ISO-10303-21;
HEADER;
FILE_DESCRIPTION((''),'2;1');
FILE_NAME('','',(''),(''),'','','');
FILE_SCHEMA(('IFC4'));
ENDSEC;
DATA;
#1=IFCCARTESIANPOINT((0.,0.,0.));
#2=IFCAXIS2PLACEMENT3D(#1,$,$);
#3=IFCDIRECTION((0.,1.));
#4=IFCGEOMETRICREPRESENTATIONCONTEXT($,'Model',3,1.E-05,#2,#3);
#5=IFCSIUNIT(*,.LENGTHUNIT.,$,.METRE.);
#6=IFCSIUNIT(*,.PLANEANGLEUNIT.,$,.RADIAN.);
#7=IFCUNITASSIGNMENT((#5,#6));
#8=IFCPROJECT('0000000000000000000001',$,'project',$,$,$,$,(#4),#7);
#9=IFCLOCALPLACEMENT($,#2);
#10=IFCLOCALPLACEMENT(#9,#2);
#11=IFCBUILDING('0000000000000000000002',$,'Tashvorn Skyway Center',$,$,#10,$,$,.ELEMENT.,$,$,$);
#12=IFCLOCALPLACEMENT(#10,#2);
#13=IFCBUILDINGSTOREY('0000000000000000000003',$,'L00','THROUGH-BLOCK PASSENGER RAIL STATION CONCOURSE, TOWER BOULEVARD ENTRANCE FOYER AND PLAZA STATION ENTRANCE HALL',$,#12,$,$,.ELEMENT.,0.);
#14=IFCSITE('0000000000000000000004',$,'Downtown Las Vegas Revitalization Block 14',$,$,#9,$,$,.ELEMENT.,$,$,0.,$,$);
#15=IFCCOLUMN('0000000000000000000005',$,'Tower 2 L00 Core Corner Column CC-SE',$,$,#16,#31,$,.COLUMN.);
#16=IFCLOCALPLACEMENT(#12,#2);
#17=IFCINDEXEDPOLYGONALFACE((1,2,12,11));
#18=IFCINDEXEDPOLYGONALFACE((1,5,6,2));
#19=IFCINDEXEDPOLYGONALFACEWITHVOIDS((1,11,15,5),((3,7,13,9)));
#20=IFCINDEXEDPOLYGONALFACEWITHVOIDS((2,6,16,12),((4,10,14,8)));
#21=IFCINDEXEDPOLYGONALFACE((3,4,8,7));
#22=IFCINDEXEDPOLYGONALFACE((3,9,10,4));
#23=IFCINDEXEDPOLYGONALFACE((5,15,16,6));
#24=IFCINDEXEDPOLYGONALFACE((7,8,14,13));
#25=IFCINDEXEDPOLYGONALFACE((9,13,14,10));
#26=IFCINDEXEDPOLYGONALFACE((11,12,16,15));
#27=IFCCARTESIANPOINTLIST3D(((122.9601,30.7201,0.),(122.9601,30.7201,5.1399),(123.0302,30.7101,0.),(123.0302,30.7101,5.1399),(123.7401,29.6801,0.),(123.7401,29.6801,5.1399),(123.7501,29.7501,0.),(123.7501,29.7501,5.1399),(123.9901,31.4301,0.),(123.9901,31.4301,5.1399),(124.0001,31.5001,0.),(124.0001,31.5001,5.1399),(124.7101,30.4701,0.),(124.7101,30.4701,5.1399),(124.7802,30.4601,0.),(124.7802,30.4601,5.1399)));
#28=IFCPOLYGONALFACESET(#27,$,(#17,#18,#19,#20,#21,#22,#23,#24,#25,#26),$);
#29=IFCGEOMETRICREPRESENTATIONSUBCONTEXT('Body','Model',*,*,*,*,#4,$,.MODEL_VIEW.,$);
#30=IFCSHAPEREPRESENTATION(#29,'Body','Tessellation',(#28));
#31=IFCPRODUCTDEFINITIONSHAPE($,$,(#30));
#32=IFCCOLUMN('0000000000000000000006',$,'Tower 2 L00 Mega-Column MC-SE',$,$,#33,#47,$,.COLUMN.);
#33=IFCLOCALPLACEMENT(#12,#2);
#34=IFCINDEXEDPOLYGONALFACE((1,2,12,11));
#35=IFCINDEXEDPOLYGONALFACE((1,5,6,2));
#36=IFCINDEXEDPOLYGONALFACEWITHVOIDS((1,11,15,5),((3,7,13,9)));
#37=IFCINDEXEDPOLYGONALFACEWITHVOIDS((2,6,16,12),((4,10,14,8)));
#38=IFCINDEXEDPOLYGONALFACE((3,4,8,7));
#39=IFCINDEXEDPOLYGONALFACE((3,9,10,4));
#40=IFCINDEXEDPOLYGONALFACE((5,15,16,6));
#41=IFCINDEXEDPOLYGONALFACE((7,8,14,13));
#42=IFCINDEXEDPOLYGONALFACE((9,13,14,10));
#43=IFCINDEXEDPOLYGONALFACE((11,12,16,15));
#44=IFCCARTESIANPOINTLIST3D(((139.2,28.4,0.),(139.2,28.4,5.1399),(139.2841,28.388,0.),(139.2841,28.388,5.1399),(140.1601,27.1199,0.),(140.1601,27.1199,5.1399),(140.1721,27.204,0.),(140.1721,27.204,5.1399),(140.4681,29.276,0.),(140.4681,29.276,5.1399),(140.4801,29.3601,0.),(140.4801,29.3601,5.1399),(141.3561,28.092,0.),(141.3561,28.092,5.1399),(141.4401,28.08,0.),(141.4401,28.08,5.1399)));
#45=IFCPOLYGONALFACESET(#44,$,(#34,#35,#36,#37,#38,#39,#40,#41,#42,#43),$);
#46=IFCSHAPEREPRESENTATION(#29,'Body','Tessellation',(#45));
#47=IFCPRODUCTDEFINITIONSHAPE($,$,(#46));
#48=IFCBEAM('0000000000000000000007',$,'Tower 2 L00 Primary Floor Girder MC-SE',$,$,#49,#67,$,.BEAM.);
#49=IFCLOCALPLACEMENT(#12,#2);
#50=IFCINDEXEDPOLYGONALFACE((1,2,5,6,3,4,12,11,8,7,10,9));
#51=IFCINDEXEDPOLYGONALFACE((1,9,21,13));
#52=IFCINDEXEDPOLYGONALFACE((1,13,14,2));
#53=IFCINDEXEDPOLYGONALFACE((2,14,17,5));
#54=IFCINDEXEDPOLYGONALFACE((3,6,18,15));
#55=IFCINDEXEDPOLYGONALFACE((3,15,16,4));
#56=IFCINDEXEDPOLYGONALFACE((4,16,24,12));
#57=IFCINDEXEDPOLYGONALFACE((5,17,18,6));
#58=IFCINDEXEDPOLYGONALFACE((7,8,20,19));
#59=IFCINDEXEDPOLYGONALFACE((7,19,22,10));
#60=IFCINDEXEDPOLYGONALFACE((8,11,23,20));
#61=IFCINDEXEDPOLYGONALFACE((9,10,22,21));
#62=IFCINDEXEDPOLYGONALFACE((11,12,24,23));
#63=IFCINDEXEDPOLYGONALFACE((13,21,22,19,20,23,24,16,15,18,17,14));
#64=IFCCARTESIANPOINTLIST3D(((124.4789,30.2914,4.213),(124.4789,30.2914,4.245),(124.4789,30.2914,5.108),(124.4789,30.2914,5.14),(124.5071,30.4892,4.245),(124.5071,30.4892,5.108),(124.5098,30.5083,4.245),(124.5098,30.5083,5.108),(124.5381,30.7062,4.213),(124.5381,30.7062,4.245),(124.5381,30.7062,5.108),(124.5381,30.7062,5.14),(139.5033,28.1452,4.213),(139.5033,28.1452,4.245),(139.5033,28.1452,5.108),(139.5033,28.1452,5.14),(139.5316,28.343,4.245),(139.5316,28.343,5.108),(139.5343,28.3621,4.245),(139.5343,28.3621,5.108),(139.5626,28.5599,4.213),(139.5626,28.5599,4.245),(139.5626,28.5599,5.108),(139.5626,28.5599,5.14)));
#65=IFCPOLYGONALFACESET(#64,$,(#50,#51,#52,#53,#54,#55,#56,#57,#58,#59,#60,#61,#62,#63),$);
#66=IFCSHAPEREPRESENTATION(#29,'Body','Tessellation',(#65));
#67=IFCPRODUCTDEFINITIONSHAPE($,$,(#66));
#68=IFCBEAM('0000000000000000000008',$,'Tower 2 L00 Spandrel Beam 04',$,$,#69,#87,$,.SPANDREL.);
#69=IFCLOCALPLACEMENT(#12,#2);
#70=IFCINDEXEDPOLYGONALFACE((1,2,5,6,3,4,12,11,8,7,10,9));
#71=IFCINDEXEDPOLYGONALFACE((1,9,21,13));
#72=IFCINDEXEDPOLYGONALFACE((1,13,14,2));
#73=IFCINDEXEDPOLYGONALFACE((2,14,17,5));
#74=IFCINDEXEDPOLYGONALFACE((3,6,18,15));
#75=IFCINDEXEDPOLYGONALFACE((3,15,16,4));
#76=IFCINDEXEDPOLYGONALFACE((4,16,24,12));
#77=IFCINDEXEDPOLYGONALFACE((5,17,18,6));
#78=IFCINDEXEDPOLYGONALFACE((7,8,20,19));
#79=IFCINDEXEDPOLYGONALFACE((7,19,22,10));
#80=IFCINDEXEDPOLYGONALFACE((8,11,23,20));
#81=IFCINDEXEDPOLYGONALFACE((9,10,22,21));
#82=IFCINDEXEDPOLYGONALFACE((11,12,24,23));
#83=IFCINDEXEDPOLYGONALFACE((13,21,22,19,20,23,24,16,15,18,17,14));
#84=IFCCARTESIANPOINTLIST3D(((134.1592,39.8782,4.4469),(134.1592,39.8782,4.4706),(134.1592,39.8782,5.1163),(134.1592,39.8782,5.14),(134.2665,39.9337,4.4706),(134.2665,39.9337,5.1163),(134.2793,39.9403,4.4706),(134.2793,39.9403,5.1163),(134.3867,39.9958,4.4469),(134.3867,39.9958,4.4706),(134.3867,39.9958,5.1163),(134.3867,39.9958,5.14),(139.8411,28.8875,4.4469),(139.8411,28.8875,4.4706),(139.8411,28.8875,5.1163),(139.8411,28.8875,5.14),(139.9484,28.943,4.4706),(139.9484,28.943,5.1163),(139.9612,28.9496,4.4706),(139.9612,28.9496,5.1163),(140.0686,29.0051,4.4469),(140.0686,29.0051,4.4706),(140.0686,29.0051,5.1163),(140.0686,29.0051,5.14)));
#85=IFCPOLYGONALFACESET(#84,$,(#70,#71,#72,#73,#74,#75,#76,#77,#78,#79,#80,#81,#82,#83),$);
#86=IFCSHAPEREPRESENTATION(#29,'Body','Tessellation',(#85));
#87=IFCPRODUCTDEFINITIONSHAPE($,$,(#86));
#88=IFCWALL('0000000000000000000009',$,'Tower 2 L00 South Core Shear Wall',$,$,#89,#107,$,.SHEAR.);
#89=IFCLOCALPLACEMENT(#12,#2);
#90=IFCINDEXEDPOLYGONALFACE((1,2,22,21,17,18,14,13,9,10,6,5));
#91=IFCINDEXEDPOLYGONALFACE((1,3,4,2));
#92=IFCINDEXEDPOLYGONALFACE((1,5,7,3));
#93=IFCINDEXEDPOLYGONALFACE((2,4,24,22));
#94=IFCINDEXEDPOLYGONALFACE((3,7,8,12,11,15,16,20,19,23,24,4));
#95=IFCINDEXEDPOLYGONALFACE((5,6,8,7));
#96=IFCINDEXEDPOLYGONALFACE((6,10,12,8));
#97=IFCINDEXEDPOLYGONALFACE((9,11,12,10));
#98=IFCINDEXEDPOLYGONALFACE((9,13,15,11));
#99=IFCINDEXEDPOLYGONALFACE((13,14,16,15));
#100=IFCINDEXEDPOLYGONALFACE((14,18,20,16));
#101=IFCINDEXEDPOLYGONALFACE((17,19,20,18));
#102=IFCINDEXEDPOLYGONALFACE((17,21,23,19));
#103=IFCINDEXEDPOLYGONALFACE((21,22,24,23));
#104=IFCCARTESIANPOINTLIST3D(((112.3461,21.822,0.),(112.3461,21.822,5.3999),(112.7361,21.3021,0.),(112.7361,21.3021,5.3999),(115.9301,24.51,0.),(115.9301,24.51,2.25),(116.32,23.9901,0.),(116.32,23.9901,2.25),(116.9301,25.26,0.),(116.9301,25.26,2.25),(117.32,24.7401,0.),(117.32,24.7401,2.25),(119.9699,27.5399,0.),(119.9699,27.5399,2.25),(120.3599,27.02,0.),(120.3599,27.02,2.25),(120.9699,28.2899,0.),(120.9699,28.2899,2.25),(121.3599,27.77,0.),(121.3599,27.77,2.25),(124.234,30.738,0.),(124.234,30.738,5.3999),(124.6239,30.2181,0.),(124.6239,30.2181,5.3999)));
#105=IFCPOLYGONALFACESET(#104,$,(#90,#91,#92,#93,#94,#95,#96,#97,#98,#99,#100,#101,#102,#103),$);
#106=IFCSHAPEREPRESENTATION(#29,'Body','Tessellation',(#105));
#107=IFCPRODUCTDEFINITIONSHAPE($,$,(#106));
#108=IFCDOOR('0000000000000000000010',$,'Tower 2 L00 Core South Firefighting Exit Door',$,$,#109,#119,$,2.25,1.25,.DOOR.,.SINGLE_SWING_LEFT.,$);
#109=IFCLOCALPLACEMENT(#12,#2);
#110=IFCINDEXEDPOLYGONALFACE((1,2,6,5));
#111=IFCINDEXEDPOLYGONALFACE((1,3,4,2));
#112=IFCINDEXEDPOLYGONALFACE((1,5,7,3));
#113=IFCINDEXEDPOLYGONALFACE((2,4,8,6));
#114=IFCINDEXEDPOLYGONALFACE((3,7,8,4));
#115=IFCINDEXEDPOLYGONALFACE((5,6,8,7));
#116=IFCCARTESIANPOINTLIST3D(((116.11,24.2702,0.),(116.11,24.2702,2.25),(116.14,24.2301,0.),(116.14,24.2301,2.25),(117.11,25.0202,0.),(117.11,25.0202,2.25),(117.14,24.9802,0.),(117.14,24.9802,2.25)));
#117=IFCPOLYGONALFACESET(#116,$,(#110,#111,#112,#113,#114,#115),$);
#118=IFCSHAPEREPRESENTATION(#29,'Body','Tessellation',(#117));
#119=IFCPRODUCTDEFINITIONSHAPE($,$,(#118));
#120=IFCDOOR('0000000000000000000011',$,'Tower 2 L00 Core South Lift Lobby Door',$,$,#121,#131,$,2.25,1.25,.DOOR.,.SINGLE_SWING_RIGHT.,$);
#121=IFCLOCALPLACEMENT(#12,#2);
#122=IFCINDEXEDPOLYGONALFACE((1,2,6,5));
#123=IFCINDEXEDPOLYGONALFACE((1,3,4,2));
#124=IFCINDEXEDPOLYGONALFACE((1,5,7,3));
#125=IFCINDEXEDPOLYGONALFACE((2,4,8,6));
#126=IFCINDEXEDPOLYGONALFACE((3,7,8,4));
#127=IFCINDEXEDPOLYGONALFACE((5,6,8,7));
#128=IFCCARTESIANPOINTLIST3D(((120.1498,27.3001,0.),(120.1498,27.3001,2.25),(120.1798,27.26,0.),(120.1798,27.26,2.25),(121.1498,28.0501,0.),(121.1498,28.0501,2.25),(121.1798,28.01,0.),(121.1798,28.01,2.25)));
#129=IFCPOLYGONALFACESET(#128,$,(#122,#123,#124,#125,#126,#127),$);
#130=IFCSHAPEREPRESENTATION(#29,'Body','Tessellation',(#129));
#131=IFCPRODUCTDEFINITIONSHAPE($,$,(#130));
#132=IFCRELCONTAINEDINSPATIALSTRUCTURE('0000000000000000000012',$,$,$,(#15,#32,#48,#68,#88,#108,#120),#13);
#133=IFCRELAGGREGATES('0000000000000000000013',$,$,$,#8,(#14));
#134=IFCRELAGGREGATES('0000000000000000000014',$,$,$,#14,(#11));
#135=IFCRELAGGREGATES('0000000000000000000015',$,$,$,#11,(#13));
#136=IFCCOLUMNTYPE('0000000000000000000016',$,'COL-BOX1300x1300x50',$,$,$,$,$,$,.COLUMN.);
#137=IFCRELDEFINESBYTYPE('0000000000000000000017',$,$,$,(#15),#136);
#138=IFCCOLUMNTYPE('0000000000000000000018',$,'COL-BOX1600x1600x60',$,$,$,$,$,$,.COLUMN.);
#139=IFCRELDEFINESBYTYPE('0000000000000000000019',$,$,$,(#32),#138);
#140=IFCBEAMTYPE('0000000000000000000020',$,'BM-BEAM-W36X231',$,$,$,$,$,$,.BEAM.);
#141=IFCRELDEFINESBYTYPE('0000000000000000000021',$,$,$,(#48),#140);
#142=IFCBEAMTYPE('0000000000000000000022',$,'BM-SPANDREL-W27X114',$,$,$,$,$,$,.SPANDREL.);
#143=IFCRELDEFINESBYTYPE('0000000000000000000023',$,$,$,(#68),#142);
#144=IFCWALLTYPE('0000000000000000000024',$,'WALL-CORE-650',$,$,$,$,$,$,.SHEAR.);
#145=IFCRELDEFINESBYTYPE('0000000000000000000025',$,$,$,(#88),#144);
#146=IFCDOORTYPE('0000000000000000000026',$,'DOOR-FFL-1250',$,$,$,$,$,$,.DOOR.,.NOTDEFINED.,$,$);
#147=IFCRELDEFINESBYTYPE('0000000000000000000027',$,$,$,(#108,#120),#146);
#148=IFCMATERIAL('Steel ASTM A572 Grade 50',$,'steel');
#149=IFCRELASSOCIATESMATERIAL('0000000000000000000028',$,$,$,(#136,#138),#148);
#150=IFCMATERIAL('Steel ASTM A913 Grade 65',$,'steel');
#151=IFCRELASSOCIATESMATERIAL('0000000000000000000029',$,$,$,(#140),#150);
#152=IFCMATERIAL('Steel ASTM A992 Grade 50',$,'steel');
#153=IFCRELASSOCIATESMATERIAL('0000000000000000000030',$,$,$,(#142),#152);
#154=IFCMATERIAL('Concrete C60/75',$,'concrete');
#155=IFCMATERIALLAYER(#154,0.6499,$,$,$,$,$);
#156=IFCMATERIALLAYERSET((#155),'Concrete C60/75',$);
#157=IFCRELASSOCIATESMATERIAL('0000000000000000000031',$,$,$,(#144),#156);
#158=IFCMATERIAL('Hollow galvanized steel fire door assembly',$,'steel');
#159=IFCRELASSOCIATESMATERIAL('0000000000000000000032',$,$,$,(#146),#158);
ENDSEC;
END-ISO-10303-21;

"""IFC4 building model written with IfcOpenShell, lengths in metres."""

from ifc_helpers import new_model, si_unit, direction, frame, frame_2d, origin, origin_2d, place, context, subcontext, project, spatial, rectangle, hollow_rectangle, i_section, extrude, material, layer, layer_set, material_profile, profile_set, type_object, element, fill, save


model = new_model("IFC4")

# Units and contexts
model_context = context("Model", 3, precision=1e-05, world=origin(), true_north=direction((0.0, 1.0)))
body_context = subcontext(model_context, "Body", "Model", "MODEL_VIEW")
ifc_project = project(units=[si_unit("LENGTHUNIT", "METRE"), si_unit("PLANEANGLEUNIT", "RADIAN")], contexts=[model_context])

# Site, building, storey
site_placement = place(None, origin())
site = spatial("IfcSite", under=ifc_project, at=site_placement, Name="Downtown Las Vegas Revitalization Block 14", CompositionType="ELEMENT", RefElevation=0.0)
building_placement = place(site_placement, origin())
building = spatial("IfcBuilding", under=site, at=building_placement, Name="Tashvorn Skyway Center", CompositionType="ELEMENT")
storey_placement = place(building_placement, origin())
storey = spatial("IfcBuildingStorey", under=building, at=storey_placement, Name="L00", Description="THROUGH-BLOCK PASSENGER RAIL STATION CONCOURSE, TOWER BOULEVARD ENTRANCE FOYER AND PLAZA STATION ENTRANCE HALL", CompositionType="ELEMENT", Elevation=0.0)

# Columns
ifc_material_1 = material(Name="Steel ASTM A572 Grade 50", Category="steel")
ifc_material_profile_1 = material_profile(ifc_material_1, hollow_rectangle(XDim=1.3, YDim=1.3, WallThickness=0.05, at=origin_2d()), Name="BOX1300x1300x50")
ifc_profile_set_1 = profile_set([ifc_material_profile_1], Name="Steel ASTM A572 Grade 50")
column_type_1 = type_object("IfcColumnType", Name="COL-BOX1300x1300x50", PredefinedType="COLUMN", material=ifc_profile_set_1)
column_1_placement = place(storey_placement, frame((123.8701, 30.5901, 0.0), z_axis=(0.0, 0.0, 1.0), x_axis=(0.8, 0.6, 0.0)))
element("IfcColumn", 1, at=column_1_placement, inside=storey, type_object=column_type_1, Name="Tower 2 L00 Core Corner Column CC-SE", PredefinedType="COLUMN", context=body_context, shape_type="SweptSolid", body=[
    extrude(hollow_rectangle(XDim=1.3, YDim=1.3, WallThickness=0.05, at=origin_2d()), origin(), (0.0, 0.0, 1.0), 5.1399),
])
ifc_material_profile_2 = material_profile(ifc_material_1, hollow_rectangle(XDim=1.6001, YDim=1.6001, WallThickness=0.0601, at=origin_2d()), Name="BOX1600x1600x60")
ifc_profile_set_2 = profile_set([ifc_material_profile_2], Name="Steel ASTM A572 Grade 50")
column_type_2 = type_object("IfcColumnType", Name="COL-BOX1600x1600x60", PredefinedType="COLUMN", material=ifc_profile_set_2)
column_2_placement = place(storey_placement, frame((140.3201, 28.24, 0.0), z_axis=(0.0, 0.0, 1.0), x_axis=(0.8, 0.6, 0.0)))
element("IfcColumn", 2, at=column_2_placement, inside=storey, type_object=column_type_2, Name="Tower 2 L00 Mega-Column MC-SE", PredefinedType="COLUMN", context=body_context, shape_type="SweptSolid", body=[
    extrude(hollow_rectangle(XDim=1.6001, YDim=1.6001, WallThickness=0.0601, at=origin_2d()), origin(), (0.0, 0.0, 1.0), 5.1399),
])

# Beams
ifc_material_2 = material(Name="Steel ASTM A913 Grade 65", Category="steel")
ifc_material_profile_3 = material_profile(ifc_material_2, i_section(OverallWidth=0.4189, OverallDepth=0.927, WebThickness=0.0193, FlangeThickness=0.032, at=origin_2d()), Name="W36X231")
ifc_profile_set_3 = profile_set([ifc_material_profile_3], Name="Steel ASTM A913 Grade 65")
beam_type_1 = type_object("IfcBeamType", Name="BM-BEAM-W36X231", PredefinedType="BEAM", material=ifc_profile_set_3)
beam_1_placement = place(storey_placement, frame((139.533, 28.3525, 4.6765), z_axis=(-0.98995, 0.141415, 0.0), x_axis=(-0.141415, -0.98995, 0.0)))
element("IfcBeam", 3, at=beam_1_placement, inside=storey, type_object=beam_type_1, Name="Tower 2 L00 Primary Floor Girder MC-SE", PredefinedType="BEAM", context=body_context, shape_type="SweptSolid", body=[
    extrude(i_section(OverallWidth=0.4189, OverallDepth=0.927, WebThickness=0.0193, FlangeThickness=0.032, at=origin_2d()), origin(), (0.0, 0.0, 1.0), 15.177),
])
ifc_material_3 = material(Name="Steel ASTM A992 Grade 50", Category="steel")
ifc_material_profile_4 = material_profile(ifc_material_3, i_section(OverallWidth=0.2561, OverallDepth=0.6931, WebThickness=0.0144, FlangeThickness=0.0237, at=origin_2d()), Name="W27X114")
ifc_profile_set_4 = profile_set([ifc_material_profile_4], Name="Steel ASTM A992 Grade 50")
beam_type_2 = type_object("IfcBeamType", Name="BM-SPANDREL-W27X114", PredefinedType="SPANDREL", material=ifc_profile_set_4)
beam_2_placement = place(storey_placement, frame((139.9548, 28.9463, 4.7935), z_axis=(-0.459233, 0.888316, 0.0), x_axis=(-0.888316, -0.459233, 0.0)))
element("IfcBeam", 4, at=beam_2_placement, inside=storey, type_object=beam_type_2, Name="Tower 2 L00 Spandrel Beam 04", PredefinedType="SPANDREL", context=body_context, shape_type="SweptSolid", body=[
    extrude(i_section(OverallWidth=0.2561, OverallDepth=0.6931, WebThickness=0.0144, FlangeThickness=0.0237, at=origin_2d()), origin(), (0.0, 0.0, 1.0), 12.3726),
])

# Wall, openings, doors
ifc_material_4 = material(Name="Concrete C60/75", Category="concrete")
ifc_layer_1 = layer(ifc_material_4, 0.6499)
ifc_layer_set_1 = layer_set([ifc_layer_1], Name="Concrete C60/75")
wall_type_1 = type_object("IfcWallType", Name="WALL-CORE-650", PredefinedType="SHEAR", material=ifc_layer_set_1)
wall_1_placement = place(storey_placement, frame((124.429, 30.478, 0.0), z_axis=(0.0, 0.0, 1.0), x_axis=(-0.799998, -0.600003, 0.0)))
wall_1 = element("IfcWall", 5, at=wall_1_placement, inside=storey, type_object=wall_type_1, Name="Tower 2 L00 South Core Shear Wall", PredefinedType="SHEAR", context=body_context, shape_type="SweptSolid", body=[
    extrude(rectangle(XDim=14.8599, YDim=0.6499, at=frame_2d((7.4299, 0.0))), origin(), (0.0, 0.0, 1.0), 5.3999),
])
opening_1_placement = place(wall_1_placement, frame((9.1299, 0.0, 0.0)))
opening_1 = element("IfcOpeningElement", 6, at=opening_1_placement, cuts=wall_1, PredefinedType="OPENING", context=body_context, shape_type="SweptSolid", body=[
    extrude(rectangle(XDim=1.25, YDim=2.25, at=frame_2d((0.625, 1.125))), frame((0.0, 0.335, 0.0), z_axis=(0.0, -1.0, 0.0), x_axis=(1.0, 0.0, 0.0)), (0.0, 0.0, 1.0), 0.6699),
])
opening_2_placement = place(wall_1_placement, frame((4.0801, 0.0, 0.0)))
opening_2 = element("IfcOpeningElement", 7, at=opening_2_placement, cuts=wall_1, PredefinedType="OPENING", context=body_context, shape_type="SweptSolid", body=[
    extrude(rectangle(XDim=1.25, YDim=2.25, at=frame_2d((0.625, 1.125))), frame((0.0, 0.335, 0.0), z_axis=(0.0, -1.0, 0.0), x_axis=(1.0, 0.0, 0.0)), (0.0, 0.0, 1.0), 0.6699),
])
ifc_material_5 = material(Name="Hollow galvanized steel fire door assembly", Category="steel")
door_type_1 = type_object("IfcDoorType", Name="DOOR-FFL-1250", OperationType="NOTDEFINED", PredefinedType="DOOR", material=ifc_material_5)
door_1_placement = place(opening_1_placement, origin())
door_1 = element("IfcDoor", 8, at=door_1_placement, inside=storey, type_object=door_type_1, Name="Tower 2 L00 Core South Firefighting Exit Door", OperationType="SINGLE_SWING_LEFT", OverallHeight=2.25, OverallWidth=1.25, PredefinedType="DOOR", context=body_context, shape_type="SweptSolid", body=[
    extrude(rectangle(XDim=1.25, YDim=2.25, at=frame_2d((0.625, 1.125))), frame((0.0, 0.0249, 0.0), z_axis=(0.0, -1.0, 0.0), x_axis=(1.0, 0.0, 0.0)), (0.0, 0.0, 1.0), 0.05),
])
fill(opening_1, door_1)
door_2_placement = place(opening_2_placement, origin())
door_2 = element("IfcDoor", 9, at=door_2_placement, inside=storey, type_object=door_type_1, Name="Tower 2 L00 Core South Lift Lobby Door", OperationType="SINGLE_SWING_RIGHT", OverallHeight=2.25, OverallWidth=1.25, PredefinedType="DOOR", context=body_context, shape_type="SweptSolid", body=[
    extrude(rectangle(XDim=1.25, YDim=2.25, at=frame_2d((0.625, 1.125))), frame((0.0, 0.0249, 0.0), z_axis=(0.0, -1.0, 0.0), x_axis=(1.0, 0.0, 0.0)), (0.0, 0.0, 1.0), 0.05),
])
fill(opening_2, door_2)

save(model, "model.ifc")
